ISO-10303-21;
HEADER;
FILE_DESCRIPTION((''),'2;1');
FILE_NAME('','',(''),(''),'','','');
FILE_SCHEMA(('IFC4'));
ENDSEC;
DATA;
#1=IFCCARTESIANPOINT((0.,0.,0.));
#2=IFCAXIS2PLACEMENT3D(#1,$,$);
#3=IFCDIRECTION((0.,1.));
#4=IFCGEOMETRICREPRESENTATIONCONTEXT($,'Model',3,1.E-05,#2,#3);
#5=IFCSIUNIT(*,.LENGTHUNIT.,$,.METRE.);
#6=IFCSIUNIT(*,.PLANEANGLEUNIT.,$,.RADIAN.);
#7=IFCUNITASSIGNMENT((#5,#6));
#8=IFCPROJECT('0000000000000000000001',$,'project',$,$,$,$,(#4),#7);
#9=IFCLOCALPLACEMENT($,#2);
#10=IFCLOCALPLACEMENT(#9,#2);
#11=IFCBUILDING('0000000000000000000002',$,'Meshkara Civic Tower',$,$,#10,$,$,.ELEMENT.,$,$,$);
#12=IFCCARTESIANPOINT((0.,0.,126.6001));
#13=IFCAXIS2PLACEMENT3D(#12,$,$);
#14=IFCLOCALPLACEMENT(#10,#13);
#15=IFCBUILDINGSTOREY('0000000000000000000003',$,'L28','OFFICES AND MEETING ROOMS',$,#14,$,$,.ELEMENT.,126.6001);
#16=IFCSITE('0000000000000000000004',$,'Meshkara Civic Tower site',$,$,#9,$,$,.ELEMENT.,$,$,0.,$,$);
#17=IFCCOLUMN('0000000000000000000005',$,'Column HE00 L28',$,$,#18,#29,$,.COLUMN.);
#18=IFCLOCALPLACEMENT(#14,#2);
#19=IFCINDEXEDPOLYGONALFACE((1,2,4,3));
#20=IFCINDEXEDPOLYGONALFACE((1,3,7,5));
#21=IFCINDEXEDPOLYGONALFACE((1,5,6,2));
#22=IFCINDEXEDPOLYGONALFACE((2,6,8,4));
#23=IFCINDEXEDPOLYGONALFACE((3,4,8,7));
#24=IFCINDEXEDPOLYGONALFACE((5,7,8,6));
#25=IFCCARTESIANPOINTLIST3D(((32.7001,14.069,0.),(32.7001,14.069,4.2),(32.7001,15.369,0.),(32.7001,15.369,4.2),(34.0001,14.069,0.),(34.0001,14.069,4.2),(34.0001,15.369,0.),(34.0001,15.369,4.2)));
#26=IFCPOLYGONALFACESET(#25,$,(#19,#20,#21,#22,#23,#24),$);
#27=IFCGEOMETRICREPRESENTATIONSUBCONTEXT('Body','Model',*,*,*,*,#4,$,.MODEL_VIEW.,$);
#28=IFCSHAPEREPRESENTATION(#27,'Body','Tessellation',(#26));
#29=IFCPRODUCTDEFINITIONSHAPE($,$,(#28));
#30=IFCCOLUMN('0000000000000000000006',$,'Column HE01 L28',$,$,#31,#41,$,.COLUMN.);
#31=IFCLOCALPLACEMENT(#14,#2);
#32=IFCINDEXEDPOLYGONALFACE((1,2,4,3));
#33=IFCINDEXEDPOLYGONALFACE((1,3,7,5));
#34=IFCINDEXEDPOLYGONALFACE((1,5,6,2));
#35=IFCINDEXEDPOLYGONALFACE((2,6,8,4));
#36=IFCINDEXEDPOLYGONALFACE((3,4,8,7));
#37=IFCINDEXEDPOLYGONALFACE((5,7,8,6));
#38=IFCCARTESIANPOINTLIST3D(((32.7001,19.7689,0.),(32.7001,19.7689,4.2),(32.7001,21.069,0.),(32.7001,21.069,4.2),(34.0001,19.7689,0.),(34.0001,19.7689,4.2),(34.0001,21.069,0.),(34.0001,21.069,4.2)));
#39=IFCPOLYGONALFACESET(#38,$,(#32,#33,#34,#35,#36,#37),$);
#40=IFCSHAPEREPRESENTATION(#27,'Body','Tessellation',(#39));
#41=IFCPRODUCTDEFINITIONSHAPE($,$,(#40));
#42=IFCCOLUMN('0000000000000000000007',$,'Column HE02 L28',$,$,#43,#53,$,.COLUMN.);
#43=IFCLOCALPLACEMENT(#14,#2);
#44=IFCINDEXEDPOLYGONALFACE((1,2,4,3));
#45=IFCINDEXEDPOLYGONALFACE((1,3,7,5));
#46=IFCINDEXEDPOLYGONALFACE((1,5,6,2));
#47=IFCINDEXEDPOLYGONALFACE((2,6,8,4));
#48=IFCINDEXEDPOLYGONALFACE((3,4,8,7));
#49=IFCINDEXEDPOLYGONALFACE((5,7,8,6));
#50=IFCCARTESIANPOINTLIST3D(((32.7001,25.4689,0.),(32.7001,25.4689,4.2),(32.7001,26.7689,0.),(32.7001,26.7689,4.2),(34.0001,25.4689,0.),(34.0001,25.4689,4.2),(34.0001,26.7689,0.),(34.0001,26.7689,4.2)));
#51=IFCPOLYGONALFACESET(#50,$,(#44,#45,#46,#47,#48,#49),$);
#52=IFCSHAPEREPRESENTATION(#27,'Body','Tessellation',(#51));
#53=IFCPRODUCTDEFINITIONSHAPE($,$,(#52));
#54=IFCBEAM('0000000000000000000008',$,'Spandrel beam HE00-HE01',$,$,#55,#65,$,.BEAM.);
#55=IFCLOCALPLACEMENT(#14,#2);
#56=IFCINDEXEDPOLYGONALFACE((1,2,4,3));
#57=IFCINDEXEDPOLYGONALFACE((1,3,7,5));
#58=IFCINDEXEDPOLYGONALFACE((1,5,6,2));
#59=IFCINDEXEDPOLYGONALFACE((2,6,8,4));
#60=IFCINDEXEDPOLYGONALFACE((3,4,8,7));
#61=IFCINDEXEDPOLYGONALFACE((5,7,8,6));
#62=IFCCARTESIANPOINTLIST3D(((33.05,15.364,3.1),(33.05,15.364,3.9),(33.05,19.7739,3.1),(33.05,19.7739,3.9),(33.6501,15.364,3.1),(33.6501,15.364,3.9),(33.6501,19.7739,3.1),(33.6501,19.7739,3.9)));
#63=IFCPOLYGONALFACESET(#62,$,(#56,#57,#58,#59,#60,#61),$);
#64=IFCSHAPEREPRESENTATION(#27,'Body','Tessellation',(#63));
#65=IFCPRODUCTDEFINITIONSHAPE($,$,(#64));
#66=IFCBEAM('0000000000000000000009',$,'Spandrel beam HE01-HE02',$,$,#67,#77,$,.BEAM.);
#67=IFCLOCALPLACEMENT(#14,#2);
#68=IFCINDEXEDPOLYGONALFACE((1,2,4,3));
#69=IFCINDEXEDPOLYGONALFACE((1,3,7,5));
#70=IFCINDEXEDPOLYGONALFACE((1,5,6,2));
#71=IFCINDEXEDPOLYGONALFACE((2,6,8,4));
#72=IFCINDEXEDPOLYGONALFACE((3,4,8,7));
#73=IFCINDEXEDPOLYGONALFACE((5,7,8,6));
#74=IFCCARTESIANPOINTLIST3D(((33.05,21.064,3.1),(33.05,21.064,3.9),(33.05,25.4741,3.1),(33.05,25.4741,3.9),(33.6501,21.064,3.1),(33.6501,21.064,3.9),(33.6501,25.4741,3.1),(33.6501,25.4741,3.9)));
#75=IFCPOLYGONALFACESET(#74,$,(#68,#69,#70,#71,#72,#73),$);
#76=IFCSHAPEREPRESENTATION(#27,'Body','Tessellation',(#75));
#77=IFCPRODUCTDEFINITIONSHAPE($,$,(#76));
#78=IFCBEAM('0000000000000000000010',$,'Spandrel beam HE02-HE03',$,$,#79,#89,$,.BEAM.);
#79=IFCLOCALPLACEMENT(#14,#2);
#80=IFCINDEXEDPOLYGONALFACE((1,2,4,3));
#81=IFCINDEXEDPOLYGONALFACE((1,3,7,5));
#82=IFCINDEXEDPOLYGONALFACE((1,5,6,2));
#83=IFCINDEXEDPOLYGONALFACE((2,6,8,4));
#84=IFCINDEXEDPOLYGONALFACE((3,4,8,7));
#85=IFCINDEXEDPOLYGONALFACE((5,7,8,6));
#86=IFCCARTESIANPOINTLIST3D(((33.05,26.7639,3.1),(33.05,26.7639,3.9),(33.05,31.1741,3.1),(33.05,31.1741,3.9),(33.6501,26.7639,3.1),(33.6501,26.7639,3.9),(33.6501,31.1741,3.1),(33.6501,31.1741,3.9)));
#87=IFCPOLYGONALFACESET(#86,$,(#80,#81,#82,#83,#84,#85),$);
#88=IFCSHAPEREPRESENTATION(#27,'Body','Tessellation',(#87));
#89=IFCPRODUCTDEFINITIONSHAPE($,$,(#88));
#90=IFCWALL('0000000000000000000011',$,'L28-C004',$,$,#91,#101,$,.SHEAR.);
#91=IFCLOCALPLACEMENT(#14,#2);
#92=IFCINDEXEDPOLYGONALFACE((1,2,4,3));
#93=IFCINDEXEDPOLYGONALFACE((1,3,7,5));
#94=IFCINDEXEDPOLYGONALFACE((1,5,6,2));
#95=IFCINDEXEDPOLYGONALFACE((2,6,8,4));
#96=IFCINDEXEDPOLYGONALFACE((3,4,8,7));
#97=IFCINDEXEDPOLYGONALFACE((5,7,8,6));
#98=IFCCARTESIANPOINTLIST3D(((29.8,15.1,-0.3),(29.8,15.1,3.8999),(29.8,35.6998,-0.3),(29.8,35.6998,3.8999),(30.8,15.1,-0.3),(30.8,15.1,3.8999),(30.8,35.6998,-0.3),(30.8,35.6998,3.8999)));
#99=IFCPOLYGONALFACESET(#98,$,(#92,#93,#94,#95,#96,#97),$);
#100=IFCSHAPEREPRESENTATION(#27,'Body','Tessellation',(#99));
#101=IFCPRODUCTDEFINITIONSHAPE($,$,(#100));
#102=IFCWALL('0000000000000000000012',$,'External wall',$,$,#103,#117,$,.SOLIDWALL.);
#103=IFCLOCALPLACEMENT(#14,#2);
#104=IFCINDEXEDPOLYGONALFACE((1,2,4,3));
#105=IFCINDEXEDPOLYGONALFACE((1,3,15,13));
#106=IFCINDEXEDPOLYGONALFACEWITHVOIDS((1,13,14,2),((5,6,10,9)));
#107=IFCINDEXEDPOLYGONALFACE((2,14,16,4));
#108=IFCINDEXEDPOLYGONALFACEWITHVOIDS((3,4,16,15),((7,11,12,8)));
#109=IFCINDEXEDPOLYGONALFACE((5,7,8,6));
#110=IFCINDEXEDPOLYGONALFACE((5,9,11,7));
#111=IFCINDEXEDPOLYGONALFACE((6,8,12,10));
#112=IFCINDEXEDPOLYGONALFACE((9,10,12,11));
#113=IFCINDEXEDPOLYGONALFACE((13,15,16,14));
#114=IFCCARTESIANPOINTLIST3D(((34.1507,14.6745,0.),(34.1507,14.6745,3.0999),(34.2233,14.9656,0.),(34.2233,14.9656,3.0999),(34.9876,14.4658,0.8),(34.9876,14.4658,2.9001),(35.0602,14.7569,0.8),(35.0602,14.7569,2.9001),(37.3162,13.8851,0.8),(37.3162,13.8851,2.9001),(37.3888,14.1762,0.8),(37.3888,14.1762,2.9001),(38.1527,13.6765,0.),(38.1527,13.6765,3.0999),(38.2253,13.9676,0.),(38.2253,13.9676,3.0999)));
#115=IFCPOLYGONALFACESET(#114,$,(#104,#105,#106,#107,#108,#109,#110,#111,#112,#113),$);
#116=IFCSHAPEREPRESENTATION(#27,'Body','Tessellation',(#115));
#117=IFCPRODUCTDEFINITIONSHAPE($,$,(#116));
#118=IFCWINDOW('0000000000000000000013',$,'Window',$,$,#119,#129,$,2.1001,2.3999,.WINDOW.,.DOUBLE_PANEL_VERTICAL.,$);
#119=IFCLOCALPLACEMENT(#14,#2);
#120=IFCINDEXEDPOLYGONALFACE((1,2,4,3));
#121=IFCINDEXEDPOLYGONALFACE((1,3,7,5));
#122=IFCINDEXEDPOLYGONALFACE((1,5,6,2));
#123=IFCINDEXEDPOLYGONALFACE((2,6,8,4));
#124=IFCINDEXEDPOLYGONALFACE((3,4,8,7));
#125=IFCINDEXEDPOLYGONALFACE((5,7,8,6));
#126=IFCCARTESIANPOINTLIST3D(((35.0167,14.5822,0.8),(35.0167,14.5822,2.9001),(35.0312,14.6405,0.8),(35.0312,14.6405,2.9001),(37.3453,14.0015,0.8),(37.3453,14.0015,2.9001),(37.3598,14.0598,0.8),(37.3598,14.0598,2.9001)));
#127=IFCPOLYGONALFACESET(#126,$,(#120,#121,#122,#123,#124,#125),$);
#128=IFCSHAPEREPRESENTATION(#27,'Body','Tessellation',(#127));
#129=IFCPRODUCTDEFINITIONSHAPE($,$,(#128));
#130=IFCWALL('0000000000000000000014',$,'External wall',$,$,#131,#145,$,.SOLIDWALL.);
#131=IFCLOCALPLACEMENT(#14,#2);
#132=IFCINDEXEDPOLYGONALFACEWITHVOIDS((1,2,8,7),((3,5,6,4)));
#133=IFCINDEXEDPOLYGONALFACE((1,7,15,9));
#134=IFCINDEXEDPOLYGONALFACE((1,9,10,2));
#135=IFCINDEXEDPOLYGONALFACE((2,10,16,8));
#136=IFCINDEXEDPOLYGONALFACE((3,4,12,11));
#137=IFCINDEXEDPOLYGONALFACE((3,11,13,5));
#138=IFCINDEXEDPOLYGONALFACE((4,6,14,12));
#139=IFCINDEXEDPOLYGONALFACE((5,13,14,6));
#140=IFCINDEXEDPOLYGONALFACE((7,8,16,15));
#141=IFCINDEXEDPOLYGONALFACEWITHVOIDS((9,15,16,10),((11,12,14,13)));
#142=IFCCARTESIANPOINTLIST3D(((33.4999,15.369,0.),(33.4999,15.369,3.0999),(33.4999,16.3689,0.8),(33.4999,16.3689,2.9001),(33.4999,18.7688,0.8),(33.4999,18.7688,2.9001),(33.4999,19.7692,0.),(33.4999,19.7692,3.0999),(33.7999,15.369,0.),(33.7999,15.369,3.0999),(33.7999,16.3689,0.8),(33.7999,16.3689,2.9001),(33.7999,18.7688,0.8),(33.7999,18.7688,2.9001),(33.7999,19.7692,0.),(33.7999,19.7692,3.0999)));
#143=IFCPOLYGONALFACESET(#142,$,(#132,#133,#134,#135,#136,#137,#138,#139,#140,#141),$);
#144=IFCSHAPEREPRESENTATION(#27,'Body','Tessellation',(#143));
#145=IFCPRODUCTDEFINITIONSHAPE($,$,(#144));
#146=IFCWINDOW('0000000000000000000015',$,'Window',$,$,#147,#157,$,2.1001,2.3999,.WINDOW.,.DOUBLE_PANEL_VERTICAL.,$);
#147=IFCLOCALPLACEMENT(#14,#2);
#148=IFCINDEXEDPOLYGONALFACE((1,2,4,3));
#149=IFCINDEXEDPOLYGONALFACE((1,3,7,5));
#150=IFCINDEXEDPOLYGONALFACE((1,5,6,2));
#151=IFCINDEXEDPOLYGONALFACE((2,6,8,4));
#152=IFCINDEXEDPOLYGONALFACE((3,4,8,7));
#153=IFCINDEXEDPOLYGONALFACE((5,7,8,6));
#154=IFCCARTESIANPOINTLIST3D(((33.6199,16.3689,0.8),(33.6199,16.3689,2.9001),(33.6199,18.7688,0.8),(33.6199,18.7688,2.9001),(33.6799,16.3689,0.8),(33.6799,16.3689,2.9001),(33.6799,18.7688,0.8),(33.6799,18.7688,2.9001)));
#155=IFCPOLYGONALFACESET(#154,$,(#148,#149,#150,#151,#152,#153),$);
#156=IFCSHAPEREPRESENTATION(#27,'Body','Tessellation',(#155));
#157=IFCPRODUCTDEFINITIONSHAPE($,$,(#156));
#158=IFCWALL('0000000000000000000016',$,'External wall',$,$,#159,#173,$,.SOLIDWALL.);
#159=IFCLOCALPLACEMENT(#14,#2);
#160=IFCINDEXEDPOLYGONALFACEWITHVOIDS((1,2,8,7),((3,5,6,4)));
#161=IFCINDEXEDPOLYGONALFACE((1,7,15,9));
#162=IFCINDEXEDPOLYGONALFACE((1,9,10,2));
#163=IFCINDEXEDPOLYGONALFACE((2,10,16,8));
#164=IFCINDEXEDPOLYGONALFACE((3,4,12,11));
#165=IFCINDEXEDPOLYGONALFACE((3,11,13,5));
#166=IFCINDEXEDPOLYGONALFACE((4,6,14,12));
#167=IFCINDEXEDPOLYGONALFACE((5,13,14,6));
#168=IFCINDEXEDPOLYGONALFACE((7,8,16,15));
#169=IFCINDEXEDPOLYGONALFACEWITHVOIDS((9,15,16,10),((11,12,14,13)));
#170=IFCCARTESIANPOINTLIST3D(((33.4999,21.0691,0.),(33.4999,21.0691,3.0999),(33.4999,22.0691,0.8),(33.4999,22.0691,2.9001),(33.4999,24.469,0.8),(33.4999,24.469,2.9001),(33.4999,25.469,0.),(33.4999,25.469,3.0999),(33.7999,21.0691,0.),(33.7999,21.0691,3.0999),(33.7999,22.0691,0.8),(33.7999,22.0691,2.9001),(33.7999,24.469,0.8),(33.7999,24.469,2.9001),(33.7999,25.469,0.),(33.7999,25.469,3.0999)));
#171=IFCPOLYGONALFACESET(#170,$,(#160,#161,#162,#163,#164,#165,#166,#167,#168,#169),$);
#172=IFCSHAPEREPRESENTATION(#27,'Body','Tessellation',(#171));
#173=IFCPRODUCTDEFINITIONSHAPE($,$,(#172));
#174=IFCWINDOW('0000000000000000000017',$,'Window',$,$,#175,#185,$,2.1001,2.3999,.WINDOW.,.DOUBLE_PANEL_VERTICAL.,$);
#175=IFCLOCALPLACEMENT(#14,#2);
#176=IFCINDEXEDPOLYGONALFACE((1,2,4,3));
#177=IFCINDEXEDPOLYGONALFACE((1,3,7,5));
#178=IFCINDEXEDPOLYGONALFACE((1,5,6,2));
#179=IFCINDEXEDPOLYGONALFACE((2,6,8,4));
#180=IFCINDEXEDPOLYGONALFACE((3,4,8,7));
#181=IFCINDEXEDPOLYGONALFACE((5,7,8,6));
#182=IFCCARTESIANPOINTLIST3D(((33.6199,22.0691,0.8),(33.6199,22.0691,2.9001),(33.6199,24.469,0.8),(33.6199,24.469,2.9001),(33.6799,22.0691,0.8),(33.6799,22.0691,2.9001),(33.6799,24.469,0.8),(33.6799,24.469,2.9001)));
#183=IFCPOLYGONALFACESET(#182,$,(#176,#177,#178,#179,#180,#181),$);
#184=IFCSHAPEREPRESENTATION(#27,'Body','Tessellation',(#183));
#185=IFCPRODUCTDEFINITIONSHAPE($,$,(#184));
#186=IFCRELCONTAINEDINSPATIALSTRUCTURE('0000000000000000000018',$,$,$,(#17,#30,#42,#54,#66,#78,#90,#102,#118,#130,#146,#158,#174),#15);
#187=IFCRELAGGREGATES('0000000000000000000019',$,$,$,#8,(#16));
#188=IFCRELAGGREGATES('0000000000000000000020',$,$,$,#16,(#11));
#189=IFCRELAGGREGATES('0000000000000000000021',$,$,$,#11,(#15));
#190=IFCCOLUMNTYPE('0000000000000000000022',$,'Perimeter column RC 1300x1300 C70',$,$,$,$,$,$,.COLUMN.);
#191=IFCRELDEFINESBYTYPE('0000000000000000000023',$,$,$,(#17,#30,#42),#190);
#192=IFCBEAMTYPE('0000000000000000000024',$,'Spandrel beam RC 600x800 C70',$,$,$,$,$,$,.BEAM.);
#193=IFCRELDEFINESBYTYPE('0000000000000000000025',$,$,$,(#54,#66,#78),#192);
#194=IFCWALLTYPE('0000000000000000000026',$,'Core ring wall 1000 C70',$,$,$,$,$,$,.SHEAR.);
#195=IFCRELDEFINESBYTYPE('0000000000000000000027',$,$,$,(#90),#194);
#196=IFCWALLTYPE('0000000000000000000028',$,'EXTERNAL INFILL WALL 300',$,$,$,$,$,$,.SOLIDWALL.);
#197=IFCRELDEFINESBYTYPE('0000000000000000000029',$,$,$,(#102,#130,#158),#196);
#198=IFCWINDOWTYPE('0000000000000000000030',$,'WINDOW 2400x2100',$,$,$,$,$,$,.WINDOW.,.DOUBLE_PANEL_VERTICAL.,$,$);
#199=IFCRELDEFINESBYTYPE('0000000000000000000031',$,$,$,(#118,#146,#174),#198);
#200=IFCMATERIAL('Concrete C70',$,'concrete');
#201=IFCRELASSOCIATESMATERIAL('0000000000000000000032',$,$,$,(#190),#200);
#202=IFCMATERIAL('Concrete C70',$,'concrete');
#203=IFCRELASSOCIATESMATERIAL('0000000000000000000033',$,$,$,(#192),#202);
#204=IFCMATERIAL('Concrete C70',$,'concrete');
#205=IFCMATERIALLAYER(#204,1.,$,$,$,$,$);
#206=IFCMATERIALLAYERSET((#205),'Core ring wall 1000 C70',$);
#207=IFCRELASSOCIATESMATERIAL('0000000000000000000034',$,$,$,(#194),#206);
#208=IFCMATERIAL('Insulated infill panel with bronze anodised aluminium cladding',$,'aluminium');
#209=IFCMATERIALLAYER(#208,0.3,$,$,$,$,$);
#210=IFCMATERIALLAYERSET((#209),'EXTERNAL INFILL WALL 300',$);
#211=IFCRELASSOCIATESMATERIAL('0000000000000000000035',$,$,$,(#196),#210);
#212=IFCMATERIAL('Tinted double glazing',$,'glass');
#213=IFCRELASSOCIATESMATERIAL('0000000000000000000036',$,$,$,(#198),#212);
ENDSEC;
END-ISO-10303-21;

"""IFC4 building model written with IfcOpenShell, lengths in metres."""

from ifc_helpers import new_model, si_unit, direction, frame, frame_2d, origin, origin_2d, place, context, subcontext, project, spatial, rectangle, extrude, material, layer, layer_set, material_profile, profile_set, type_object, element, fill, save


model = new_model("IFC4")

# Units and contexts
model_context = context("Model", 3, precision=1e-05, world=origin(), true_north=direction((0.0, 1.0)))
body_context = subcontext(model_context, "Body", "Model", "MODEL_VIEW")
ifc_project = project(units=[si_unit("LENGTHUNIT", "METRE"), si_unit("PLANEANGLEUNIT", "RADIAN")], contexts=[model_context])

# Site, building, storey
site_placement = place(None, origin())
site = spatial("IfcSite", under=ifc_project, at=site_placement, Name="Meshkara Civic Tower site", CompositionType="ELEMENT", RefElevation=0.0)
building_placement = place(site_placement, origin())
building = spatial("IfcBuilding", under=site, at=building_placement, Name="Meshkara Civic Tower", CompositionType="ELEMENT")
storey_placement = place(building_placement, frame((0.0, 0.0, 126.6001)))
storey = spatial("IfcBuildingStorey", under=building, at=storey_placement, Name="L28", Description="OFFICES AND MEETING ROOMS", CompositionType="ELEMENT", Elevation=126.6001)

# Columns
ifc_material_1 = material(Name="Concrete C70", Category="concrete")
ifc_material_profile_1 = material_profile(ifc_material_1, rectangle(XDim=1.3, YDim=1.3, at=origin_2d()))
ifc_profile_set_1 = profile_set([ifc_material_profile_1], Name="Concrete C70")
column_type = type_object("IfcColumnType", Name="Perimeter column RC 1300x1300 C70", PredefinedType="COLUMN", material=ifc_profile_set_1)
for number, where, z_axis, x_axis, name in (
    (1, (33.3501, 14.719, 0.0), (0.0, 0.0, 1.0), (1.0, 0.0, 0.0), "Column HE00 L28"),
    (2, (33.3501, 20.4189, 0.0), (0.0, 0.0, 1.0), (1.0, 0.0, 0.0), "Column HE01 L28"),
    (3, (33.3501, 26.1189, 0.0), (0.0, 0.0, 1.0), (1.0, 0.0, 0.0), "Column HE02 L28"),
):
    element("IfcColumn", number, at=place(storey_placement, frame(where, z_axis=z_axis, x_axis=x_axis)), inside=storey, type_object=column_type, Name=name, PredefinedType="COLUMN", context=body_context, shape_type="SweptSolid", body=[
        extrude(rectangle(XDim=1.3, YDim=1.3, at=origin_2d()), origin(), (0.0, 0.0, 1.0), 4.2),
    ])

# Beams
ifc_material_2 = material(Name="Concrete C70", Category="concrete")
ifc_material_profile_2 = material_profile(ifc_material_2, rectangle(XDim=0.6001, YDim=0.8, at=origin_2d()))
ifc_profile_set_2 = profile_set([ifc_material_profile_2], Name="Concrete C70")
beam_type = type_object("IfcBeamType", Name="Spandrel beam RC 600x800 C70", PredefinedType="BEAM", material=ifc_profile_set_2)
beam_placement = place(storey_placement, frame((33.3501, 15.364, 3.5), z_axis=(0.0, 1.0, 0.0), x_axis=(-1.0, 0.0, 0.0)))
element("IfcBeam", 4, at=beam_placement, inside=storey, type_object=beam_type, Name="Spandrel beam HE00-HE01", PredefinedType="BEAM", context=body_context, shape_type="SweptSolid", body=[
    extrude(rectangle(XDim=0.6001, YDim=0.8, at=origin_2d()), origin(), (0.0, 0.0, 1.0), 4.4099),
])
for number, where, z_axis, x_axis, name in (
    (5, (33.3501, 21.064, 3.5), (0.0, 1.0, 0.0), (-1.0, 0.0, 0.0), "Spandrel beam HE01-HE02"),
    (6, (33.3501, 26.7639, 3.5), (0.0, 1.0, 0.0), (-1.0, 0.0, 0.0), "Spandrel beam HE02-HE03"),
):
    element("IfcBeam", number, at=place(storey_placement, frame(where, z_axis=z_axis, x_axis=x_axis)), inside=storey, type_object=beam_type, Name=name, PredefinedType="BEAM", context=body_context, shape_type="SweptSolid", body=[
        extrude(rectangle(XDim=0.6001, YDim=0.8, at=origin_2d()), origin(), (0.0, 0.0, 1.0), 4.4102),
    ])

# Wall
ifc_material_3 = material(Name="Concrete C70", Category="concrete")
ifc_layer_1 = layer(ifc_material_3, 1.0)
ifc_layer_set_1 = layer_set([ifc_layer_1], Name="Core ring wall 1000 C70")
wall_type_1 = type_object("IfcWallType", Name="Core ring wall 1000 C70", PredefinedType="SHEAR", material=ifc_layer_set_1)
wall_1_placement = place(storey_placement, frame((30.3, 15.1001, -0.3), z_axis=(0.0, 0.0, 1.0), x_axis=(0.0, 1.0, 0.0)))
element("IfcWall", 7, at=wall_1_placement, inside=storey, type_object=wall_type_1, Name="L28-C004", PredefinedType="SHEAR", context=body_context, shape_type="SweptSolid", body=[
    extrude(rectangle(XDim=20.5999, YDim=1.0, at=frame_2d((10.2998, 0.0))), origin(), (0.0, 0.0, 1.0), 4.2),
])

# Walls, openings, windows
ifc_material_4 = material(Name="Insulated infill panel with bronze anodised aluminium cladding", Category="aluminium")
ifc_layer_2 = layer(ifc_material_4, 0.3)
ifc_layer_set_2 = layer_set([ifc_layer_2], Name="EXTERNAL INFILL WALL 300")
wall_type_2 = type_object("IfcWallType", Name="EXTERNAL INFILL WALL 300", PredefinedType="SOLIDWALL", material=ifc_layer_set_2)
wall_2_placement = place(storey_placement, frame((38.189, 13.822, 0.0), z_axis=(0.0, 0.0, 1.0), x_axis=(-0.970282, 0.241978, 0.0)))
wall_2 = element("IfcWall", 8, at=wall_2_placement, inside=storey, type_object=wall_type_2, Name="External wall", PredefinedType="SOLIDWALL", context=body_context, shape_type="SweptSolid", body=[
    extrude(rectangle(XDim=4.1245, YDim=0.3, at=frame_2d((2.0623, 0.0))), origin(), (0.0, 0.0, 1.0), 3.0999),
])
opening_1_placement = place(wall_2_placement, frame((0.8621, 0.0, 0.8)))
opening_1 = element("IfcOpeningElement", 9, at=opening_1_placement, cuts=wall_2, PredefinedType="OPENING", context=body_context, shape_type="SweptSolid", body=[
    extrude(rectangle(XDim=2.3999, YDim=2.1001, at=frame_2d((1.2, 1.05))), frame((0.0, 0.1599, 0.0), z_axis=(0.0, -1.0, 0.0), x_axis=(1.0, 0.0, 0.0)), (0.0, 0.0, 1.0), 0.3201),
])
ifc_material_5 = material(Name="Tinted double glazing", Category="glass")
window_type = type_object("IfcWindowType", Name="WINDOW 2400x2100", PartitioningType="DOUBLE_PANEL_VERTICAL", PredefinedType="WINDOW", material=ifc_material_5)
window_1_placement = place(opening_1_placement, origin())
window_1 = element("IfcWindow", 10, at=window_1_placement, inside=storey, type_object=window_type, Name="Window", OverallHeight=2.1001, OverallWidth=2.3999, PartitioningType="DOUBLE_PANEL_VERTICAL", PredefinedType="WINDOW", context=body_context, shape_type="SweptSolid", body=[
    extrude(rectangle(XDim=2.3999, YDim=2.1001, at=frame_2d((1.2, 1.05))), frame((0.0, 0.03, 0.0), z_axis=(0.0, -1.0, 0.0), x_axis=(1.0, 0.0, 0.0)), (0.0, 0.0, 1.0), 0.0601),
])
fill(opening_1, window_1)
wall_3_placement = place(storey_placement, frame((33.6499, 15.3689, 0.0), z_axis=(0.0, 0.0, 1.0), x_axis=(0.0, 1.0, 0.0)))
wall_3 = element("IfcWall", 11, at=wall_3_placement, inside=storey, type_object=wall_type_2, Name="External wall", PredefinedType="SOLIDWALL", context=body_context, shape_type="SweptSolid", body=[
    extrude(rectangle(XDim=4.4001, YDim=0.3, at=frame_2d((2.2002, 0.0))), origin(), (0.0, 0.0, 1.0), 3.0999),
])
opening_2_placement = place(wall_3_placement, frame((1.0, 0.0, 0.8)))
opening_2 = element("IfcOpeningElement", 12, at=opening_2_placement, cuts=wall_3, PredefinedType="OPENING", context=body_context, shape_type="SweptSolid", body=[
    extrude(rectangle(XDim=2.3999, YDim=2.1001, at=frame_2d((1.2, 1.05))), frame((0.0, 0.1599, 0.0), z_axis=(0.0, -1.0, 0.0), x_axis=(1.0, 0.0, 0.0)), (0.0, 0.0, 1.0), 0.3201),
])
window_2_placement = place(opening_2_placement, origin())
window_2 = element("IfcWindow", 13, at=window_2_placement, inside=storey, type_object=window_type, Name="Window", OverallHeight=2.1001, OverallWidth=2.3999, PartitioningType="DOUBLE_PANEL_VERTICAL", PredefinedType="WINDOW", context=body_context, shape_type="SweptSolid", body=[
    extrude(rectangle(XDim=2.3999, YDim=2.1001, at=frame_2d((1.2, 1.05))), frame((0.0, 0.03, 0.0), z_axis=(0.0, -1.0, 0.0), x_axis=(1.0, 0.0, 0.0)), (0.0, 0.0, 1.0), 0.0601),
])
fill(opening_2, window_2)
wall_4_placement = place(storey_placement, frame((33.6499, 21.0691, 0.0), z_axis=(0.0, 0.0, 1.0), x_axis=(0.0, 1.0, 0.0)))
wall_4 = element("IfcWall", 14, at=wall_4_placement, inside=storey, type_object=wall_type_2, Name="External wall", PredefinedType="SOLIDWALL", context=body_context, shape_type="SweptSolid", body=[
    extrude(rectangle(XDim=4.3999, YDim=0.3, at=frame_2d((2.2, 0.0))), origin(), (0.0, 0.0, 1.0), 3.0999),
])
opening_3_placement = place(wall_4_placement, frame((1.0, 0.0, 0.8)))
opening_3 = element("IfcOpeningElement", 15, at=opening_3_placement, cuts=wall_4, PredefinedType="OPENING", context=body_context, shape_type="SweptSolid", body=[
    extrude(rectangle(XDim=2.3999, YDim=2.1001, at=frame_2d((1.2, 1.05))), frame((0.0, 0.1599, 0.0), z_axis=(0.0, -1.0, 0.0), x_axis=(1.0, 0.0, 0.0)), (0.0, 0.0, 1.0), 0.3201),
])
window_3_placement = place(opening_3_placement, origin())
window_3 = element("IfcWindow", 16, at=window_3_placement, inside=storey, type_object=window_type, Name="Window", OverallHeight=2.1001, OverallWidth=2.3999, PartitioningType="DOUBLE_PANEL_VERTICAL", PredefinedType="WINDOW", context=body_context, shape_type="SweptSolid", body=[
    extrude(rectangle(XDim=2.3999, YDim=2.1001, at=frame_2d((1.2, 1.05))), frame((0.0, 0.03, 0.0), z_axis=(0.0, -1.0, 0.0), x_axis=(1.0, 0.0, 0.0)), (0.0, 0.0, 1.0), 0.0601),
])
fill(opening_3, window_3)

save(model, "model.ifc")
